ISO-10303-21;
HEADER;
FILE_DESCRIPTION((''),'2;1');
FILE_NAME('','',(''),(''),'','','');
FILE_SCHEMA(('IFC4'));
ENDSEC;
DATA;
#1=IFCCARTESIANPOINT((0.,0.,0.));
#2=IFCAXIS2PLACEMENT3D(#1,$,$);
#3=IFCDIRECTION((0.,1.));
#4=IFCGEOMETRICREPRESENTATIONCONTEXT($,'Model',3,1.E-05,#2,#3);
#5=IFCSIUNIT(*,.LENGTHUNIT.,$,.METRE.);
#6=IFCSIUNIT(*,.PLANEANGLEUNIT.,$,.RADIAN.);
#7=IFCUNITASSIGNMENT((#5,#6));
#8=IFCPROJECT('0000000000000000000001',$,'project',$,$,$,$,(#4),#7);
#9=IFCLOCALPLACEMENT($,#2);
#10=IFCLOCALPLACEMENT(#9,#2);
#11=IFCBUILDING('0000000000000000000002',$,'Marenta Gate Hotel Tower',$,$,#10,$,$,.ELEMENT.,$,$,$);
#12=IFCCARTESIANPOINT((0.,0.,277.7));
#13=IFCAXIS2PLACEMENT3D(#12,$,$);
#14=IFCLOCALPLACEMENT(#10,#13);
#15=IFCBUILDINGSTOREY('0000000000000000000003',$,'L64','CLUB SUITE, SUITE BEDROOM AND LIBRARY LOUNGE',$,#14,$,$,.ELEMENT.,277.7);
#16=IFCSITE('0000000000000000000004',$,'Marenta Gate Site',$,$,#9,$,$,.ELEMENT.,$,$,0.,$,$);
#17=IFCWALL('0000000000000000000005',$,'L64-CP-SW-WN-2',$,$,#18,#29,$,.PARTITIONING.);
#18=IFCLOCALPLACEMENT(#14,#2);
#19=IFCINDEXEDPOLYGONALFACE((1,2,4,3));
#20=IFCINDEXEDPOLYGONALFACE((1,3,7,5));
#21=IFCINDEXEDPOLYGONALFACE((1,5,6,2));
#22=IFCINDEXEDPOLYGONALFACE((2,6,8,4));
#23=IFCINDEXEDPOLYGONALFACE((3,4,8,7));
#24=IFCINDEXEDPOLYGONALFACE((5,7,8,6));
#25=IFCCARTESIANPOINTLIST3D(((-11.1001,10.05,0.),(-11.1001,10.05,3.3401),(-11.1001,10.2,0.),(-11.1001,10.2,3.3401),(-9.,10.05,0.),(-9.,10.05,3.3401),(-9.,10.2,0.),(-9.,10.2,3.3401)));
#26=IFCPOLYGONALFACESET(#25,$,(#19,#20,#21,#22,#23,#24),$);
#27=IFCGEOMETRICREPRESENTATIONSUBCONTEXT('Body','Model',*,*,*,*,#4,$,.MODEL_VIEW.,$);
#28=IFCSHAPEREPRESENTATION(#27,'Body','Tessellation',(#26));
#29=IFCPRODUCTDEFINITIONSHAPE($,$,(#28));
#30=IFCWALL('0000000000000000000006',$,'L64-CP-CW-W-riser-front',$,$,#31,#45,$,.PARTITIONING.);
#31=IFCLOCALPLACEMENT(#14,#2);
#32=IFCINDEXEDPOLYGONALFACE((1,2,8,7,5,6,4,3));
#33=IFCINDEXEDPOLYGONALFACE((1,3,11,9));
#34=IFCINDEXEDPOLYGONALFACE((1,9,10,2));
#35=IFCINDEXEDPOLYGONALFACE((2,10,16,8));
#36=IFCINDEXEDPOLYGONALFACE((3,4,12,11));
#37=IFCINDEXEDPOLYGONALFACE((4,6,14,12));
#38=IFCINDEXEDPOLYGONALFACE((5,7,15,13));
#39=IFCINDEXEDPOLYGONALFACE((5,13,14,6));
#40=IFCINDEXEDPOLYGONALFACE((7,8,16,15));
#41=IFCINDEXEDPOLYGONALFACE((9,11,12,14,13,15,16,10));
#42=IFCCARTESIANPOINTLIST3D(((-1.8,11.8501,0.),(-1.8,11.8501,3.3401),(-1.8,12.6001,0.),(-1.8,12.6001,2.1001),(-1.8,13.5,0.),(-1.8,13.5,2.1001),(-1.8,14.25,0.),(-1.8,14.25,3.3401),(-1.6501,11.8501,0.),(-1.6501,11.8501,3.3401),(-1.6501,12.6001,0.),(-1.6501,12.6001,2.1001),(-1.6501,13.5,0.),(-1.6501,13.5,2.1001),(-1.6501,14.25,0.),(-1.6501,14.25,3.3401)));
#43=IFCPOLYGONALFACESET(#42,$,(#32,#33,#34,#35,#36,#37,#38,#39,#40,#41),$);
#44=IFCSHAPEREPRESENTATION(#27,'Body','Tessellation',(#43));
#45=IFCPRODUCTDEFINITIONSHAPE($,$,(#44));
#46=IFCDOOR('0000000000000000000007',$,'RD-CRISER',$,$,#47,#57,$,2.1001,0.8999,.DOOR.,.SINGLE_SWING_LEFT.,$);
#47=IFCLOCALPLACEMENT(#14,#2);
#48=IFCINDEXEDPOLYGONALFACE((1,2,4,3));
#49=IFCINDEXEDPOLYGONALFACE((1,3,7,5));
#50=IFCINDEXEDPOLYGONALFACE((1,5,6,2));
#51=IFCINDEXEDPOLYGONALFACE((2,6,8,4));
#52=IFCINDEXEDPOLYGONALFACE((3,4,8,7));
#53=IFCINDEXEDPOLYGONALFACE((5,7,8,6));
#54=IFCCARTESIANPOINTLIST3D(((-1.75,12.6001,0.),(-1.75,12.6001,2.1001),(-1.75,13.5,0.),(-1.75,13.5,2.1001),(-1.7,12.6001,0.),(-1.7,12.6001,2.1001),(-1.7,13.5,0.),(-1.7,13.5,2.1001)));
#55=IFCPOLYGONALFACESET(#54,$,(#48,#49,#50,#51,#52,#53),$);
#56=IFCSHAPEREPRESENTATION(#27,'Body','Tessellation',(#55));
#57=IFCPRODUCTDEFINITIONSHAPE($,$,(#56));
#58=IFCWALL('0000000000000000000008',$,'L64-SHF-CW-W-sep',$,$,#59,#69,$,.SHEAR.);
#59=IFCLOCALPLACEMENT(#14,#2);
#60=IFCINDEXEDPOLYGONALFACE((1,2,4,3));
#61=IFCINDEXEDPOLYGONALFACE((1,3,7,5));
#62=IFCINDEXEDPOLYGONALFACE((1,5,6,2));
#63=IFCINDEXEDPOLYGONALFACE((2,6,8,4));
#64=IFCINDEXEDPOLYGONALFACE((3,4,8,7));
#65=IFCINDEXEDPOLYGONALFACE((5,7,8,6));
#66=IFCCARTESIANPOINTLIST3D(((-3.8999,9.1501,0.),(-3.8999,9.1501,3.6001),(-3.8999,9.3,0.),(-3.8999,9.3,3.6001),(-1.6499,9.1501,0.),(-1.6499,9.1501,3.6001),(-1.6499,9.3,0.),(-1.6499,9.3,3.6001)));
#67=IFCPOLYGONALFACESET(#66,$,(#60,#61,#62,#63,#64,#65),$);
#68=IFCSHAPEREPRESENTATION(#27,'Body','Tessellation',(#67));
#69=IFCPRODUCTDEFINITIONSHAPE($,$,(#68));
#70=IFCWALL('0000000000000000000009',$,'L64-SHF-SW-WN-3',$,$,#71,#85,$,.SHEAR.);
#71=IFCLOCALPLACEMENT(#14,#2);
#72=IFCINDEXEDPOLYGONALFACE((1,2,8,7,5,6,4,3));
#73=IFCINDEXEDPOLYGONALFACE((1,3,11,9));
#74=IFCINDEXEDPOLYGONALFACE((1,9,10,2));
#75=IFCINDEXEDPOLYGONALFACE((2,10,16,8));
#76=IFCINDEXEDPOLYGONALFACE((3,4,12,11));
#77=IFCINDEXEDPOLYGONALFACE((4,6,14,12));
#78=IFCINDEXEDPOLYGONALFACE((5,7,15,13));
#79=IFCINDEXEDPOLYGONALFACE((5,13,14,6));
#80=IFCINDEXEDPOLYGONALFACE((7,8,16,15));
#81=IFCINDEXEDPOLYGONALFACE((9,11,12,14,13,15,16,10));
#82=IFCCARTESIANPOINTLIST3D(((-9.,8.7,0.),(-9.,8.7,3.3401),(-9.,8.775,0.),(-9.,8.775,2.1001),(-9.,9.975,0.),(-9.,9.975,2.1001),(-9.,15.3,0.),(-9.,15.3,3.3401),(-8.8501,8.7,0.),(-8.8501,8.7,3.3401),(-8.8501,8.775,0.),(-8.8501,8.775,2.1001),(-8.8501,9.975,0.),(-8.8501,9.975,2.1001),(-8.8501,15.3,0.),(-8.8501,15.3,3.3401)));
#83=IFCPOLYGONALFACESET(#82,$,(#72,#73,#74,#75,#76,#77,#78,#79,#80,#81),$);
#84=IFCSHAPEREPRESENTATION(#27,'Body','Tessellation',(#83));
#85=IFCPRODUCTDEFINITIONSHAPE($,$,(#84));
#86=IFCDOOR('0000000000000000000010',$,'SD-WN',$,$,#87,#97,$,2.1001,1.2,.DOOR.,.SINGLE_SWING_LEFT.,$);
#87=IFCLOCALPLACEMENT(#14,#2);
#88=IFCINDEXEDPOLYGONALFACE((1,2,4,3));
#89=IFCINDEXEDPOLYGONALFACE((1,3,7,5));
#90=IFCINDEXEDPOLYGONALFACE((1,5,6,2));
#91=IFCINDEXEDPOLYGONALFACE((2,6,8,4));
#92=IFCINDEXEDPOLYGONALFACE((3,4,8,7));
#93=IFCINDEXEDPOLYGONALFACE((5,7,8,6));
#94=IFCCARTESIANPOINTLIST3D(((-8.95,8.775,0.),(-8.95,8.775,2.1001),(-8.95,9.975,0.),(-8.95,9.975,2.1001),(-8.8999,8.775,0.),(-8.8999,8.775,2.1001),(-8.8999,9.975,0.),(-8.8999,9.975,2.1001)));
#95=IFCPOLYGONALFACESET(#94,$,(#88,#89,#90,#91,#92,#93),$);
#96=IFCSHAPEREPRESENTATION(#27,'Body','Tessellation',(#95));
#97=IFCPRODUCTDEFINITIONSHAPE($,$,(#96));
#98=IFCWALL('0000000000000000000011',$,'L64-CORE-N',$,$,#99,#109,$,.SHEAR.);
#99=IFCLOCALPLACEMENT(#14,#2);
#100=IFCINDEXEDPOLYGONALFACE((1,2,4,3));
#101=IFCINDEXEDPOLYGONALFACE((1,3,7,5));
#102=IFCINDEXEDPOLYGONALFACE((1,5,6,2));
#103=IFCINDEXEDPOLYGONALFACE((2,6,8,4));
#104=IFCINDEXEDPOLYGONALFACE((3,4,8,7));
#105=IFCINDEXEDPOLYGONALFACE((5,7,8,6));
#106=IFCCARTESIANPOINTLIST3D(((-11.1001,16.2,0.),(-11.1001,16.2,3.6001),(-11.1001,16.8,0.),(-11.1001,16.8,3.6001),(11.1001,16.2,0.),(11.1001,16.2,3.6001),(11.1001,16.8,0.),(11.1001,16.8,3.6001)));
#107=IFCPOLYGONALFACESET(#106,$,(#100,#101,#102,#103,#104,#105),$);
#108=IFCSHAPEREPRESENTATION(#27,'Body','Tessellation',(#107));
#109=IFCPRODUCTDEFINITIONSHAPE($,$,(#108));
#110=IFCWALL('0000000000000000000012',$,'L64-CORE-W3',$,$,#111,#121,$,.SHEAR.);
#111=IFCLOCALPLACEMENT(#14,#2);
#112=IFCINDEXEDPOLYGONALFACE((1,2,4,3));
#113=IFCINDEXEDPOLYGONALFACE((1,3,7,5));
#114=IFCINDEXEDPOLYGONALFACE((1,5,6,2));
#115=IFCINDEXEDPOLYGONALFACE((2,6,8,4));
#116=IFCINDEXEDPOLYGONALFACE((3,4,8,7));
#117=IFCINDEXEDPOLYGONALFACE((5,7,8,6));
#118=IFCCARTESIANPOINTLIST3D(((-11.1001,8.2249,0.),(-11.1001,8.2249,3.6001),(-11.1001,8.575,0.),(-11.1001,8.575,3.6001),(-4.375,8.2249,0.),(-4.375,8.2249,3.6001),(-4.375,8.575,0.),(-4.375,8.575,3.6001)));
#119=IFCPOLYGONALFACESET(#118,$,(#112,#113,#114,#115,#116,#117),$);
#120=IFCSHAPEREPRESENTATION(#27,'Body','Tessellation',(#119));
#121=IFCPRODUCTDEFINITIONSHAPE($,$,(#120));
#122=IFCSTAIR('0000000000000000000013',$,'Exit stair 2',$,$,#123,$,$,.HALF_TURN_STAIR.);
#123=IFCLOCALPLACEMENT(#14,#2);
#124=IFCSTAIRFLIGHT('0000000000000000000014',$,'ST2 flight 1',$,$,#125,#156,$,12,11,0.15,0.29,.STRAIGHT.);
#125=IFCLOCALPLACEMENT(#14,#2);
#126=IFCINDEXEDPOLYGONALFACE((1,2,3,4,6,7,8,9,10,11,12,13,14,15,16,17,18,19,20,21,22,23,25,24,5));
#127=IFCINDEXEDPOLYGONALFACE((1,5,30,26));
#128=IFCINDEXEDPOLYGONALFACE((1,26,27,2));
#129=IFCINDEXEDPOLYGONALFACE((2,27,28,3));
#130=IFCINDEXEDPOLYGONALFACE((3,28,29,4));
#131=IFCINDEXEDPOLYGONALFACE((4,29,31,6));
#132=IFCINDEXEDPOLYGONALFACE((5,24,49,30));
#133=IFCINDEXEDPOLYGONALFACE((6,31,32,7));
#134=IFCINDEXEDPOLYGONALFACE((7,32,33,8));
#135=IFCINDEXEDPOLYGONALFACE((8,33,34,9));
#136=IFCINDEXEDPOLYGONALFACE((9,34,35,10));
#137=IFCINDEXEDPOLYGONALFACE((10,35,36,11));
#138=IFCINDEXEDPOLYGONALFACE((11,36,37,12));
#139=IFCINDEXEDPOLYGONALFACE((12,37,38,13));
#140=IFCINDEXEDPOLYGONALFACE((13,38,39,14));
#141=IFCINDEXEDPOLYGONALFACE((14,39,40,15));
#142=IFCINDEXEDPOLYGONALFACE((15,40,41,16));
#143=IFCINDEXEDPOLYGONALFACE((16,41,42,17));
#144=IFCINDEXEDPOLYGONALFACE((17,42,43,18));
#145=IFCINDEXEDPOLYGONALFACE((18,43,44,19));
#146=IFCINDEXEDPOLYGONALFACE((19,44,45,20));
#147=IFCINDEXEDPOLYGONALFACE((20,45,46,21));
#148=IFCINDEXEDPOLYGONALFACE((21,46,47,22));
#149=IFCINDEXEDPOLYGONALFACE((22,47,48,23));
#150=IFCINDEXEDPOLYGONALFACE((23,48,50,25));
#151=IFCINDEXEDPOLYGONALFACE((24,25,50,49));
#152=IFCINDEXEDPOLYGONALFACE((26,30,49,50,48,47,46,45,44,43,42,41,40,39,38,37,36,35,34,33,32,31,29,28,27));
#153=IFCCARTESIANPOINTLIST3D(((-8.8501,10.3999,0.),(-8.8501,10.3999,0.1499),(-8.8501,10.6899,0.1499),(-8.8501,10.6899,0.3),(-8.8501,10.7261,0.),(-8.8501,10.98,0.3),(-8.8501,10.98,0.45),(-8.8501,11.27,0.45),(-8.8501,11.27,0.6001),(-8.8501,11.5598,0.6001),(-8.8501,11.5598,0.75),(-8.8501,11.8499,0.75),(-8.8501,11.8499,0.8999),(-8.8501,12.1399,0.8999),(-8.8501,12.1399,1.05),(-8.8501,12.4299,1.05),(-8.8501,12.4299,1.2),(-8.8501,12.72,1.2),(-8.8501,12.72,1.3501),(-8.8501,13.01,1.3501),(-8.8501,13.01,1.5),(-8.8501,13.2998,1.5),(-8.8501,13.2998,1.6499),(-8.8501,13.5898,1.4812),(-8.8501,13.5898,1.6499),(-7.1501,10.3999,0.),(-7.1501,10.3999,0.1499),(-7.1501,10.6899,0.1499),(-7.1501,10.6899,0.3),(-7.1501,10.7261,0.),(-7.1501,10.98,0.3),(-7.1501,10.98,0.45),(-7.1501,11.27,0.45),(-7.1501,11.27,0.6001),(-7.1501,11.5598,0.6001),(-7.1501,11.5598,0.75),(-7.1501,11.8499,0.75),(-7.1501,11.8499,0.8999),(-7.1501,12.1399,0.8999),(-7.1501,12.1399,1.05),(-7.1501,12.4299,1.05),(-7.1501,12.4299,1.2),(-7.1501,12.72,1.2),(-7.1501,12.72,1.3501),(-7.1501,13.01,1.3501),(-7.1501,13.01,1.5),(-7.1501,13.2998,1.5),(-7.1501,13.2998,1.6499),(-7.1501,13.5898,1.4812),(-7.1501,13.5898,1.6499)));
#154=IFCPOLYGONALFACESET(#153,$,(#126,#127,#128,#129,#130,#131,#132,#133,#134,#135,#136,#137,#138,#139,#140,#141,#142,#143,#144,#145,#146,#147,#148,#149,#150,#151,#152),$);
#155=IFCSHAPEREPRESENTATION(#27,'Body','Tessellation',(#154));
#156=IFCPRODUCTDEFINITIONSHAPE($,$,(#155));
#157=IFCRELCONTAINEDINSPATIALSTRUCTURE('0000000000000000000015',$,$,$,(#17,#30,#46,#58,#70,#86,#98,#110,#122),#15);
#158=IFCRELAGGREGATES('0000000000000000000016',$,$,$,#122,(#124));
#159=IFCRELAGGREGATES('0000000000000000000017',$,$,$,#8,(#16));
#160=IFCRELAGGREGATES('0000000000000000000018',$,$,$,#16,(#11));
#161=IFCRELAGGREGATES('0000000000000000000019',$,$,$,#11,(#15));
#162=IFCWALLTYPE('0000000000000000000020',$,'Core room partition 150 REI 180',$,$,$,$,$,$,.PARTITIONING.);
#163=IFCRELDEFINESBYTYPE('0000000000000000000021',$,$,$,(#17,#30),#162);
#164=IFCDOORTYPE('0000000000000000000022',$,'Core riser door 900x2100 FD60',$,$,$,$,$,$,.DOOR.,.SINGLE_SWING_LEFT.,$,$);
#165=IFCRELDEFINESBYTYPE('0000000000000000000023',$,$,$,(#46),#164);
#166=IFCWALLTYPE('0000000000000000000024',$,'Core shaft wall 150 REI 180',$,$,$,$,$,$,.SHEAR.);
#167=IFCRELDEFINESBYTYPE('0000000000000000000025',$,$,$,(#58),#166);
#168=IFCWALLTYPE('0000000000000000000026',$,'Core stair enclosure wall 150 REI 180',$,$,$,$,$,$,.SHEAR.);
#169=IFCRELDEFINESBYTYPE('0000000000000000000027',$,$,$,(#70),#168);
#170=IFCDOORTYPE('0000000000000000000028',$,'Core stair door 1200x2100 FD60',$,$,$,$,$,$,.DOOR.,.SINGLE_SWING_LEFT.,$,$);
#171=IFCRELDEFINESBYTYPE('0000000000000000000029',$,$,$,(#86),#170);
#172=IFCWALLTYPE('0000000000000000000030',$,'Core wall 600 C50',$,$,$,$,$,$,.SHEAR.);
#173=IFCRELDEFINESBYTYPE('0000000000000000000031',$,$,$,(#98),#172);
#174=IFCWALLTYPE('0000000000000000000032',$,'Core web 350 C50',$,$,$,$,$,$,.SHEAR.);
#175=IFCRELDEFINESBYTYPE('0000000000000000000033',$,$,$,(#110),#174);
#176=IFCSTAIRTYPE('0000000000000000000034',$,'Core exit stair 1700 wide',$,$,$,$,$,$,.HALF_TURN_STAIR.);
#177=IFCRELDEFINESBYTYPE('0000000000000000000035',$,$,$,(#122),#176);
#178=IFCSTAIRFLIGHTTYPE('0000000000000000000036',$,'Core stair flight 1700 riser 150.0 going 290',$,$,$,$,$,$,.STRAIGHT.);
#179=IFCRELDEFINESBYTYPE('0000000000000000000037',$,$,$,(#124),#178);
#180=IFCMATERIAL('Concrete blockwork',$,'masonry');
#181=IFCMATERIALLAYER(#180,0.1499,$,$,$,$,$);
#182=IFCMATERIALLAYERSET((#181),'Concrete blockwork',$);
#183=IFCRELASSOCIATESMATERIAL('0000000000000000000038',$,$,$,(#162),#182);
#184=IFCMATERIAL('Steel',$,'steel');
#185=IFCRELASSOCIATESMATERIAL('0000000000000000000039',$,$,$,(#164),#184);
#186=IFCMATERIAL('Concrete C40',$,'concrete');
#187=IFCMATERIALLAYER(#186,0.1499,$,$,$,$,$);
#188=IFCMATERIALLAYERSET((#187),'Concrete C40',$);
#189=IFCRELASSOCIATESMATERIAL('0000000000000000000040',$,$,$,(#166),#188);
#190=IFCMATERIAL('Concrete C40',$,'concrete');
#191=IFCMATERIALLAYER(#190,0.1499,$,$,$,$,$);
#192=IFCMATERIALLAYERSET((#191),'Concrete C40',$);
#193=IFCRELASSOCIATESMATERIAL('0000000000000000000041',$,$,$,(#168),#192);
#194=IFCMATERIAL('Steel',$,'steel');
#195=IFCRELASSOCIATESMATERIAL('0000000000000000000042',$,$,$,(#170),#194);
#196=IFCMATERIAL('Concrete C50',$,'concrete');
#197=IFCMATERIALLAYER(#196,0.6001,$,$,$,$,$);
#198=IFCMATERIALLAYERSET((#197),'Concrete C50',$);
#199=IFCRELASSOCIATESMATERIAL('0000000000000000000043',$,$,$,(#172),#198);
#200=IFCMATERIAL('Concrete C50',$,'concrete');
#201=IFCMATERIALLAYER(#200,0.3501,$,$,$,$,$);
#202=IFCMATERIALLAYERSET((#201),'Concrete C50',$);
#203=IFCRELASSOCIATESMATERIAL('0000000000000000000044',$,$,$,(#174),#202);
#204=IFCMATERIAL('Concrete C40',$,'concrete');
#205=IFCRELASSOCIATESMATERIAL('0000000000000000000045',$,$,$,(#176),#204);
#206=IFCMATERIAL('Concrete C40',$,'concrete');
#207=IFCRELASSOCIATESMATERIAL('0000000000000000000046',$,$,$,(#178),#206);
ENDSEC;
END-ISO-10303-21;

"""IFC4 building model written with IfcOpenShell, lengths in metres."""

from ifc_helpers import new_model, si_unit, direction, frame, frame_2d, origin, place, context, subcontext, project, spatial, polyline, rectangle, outline, extrude, material, layer, layer_set, type_object, element, fill, aggregate, save


model = new_model("IFC4")

# Units and contexts
model_context = context("Model", 3, precision=1e-05, world=origin(), true_north=direction((0.0, 1.0)))
body_context = subcontext(model_context, "Body", "Model", "MODEL_VIEW")
ifc_project = project(units=[si_unit("LENGTHUNIT", "METRE"), si_unit("PLANEANGLEUNIT", "RADIAN")], contexts=[model_context])

# Site, building, storey
site_placement = place(None, origin())
site = spatial("IfcSite", under=ifc_project, at=site_placement, Name="Marenta Gate Site", CompositionType="ELEMENT", RefElevation=0.0)
building_placement = place(site_placement, origin())
building = spatial("IfcBuilding", under=site, at=building_placement, Name="Marenta Gate Hotel Tower", CompositionType="ELEMENT")
storey_placement = place(building_placement, frame((0.0, 0.0, 277.7)))
storey = spatial("IfcBuildingStorey", under=building, at=storey_placement, Name="L64", Description="CLUB SUITE, SUITE BEDROOM AND LIBRARY LOUNGE", CompositionType="ELEMENT", Elevation=277.7)

# Wall
ifc_material_1 = material(Name="Concrete blockwork", Category="masonry")
ifc_layer_1 = layer(ifc_material_1, 0.1499)
ifc_layer_set_1 = layer_set([ifc_layer_1], Name="Concrete blockwork")
wall_type_1 = type_object("IfcWallType", Name="Core room partition 150 REI 180", PredefinedType="PARTITIONING", material=ifc_layer_set_1)
wall_1_placement = place(storey_placement, frame((-11.1001, 10.125, 0.0), z_axis=(0.0, 0.0, 1.0), x_axis=(1.0, 0.0, 0.0)))
element("IfcWall", 1, at=wall_1_placement, inside=storey, type_object=wall_type_1, Name="L64-CP-SW-WN-2", PredefinedType="PARTITIONING", context=body_context, shape_type="SweptSolid", body=[
    extrude(rectangle(XDim=2.1001, YDim=0.1499, at=frame_2d((1.05, 0.0))), origin(), (0.0, 0.0, 1.0), 3.3401),
])

# Wall, opening, door
wall_2_placement = place(storey_placement, frame((-1.7251, 11.8501, 0.0), z_axis=(0.0, 0.0, 1.0), x_axis=(0.0, 1.0, 0.0)))
wall_2 = element("IfcWall", 2, at=wall_2_placement, inside=storey, type_object=wall_type_1, Name="L64-CP-CW-W-riser-front", PredefinedType="PARTITIONING", context=body_context, shape_type="SweptSolid", body=[
    extrude(rectangle(XDim=2.3999, YDim=0.1499, at=frame_2d((1.2, 0.0))), origin(), (0.0, 0.0, 1.0), 3.3401),
])
opening_1_placement = place(wall_2_placement, frame((0.75, 0.0, 0.0)))
opening_1 = element("IfcOpeningElement", 3, at=opening_1_placement, cuts=wall_2, PredefinedType="OPENING", context=body_context, shape_type="SweptSolid", body=[
    extrude(rectangle(XDim=0.8999, YDim=2.1001, at=frame_2d((0.45, 1.05))), frame((0.0, 0.075, 0.0), z_axis=(0.0, -1.0, 0.0), x_axis=(1.0, 0.0, 0.0)), (0.0, 0.0, 1.0), 0.1499),
])
ifc_material_2 = material(Name="Steel", Category="steel")
door_type_1 = type_object("IfcDoorType", Name="Core riser door 900x2100 FD60", OperationType="SINGLE_SWING_LEFT", PredefinedType="DOOR", material=ifc_material_2)
door_1_placement = place(opening_1_placement, origin())
door_1 = element("IfcDoor", 4, at=door_1_placement, inside=storey, type_object=door_type_1, Name="RD-CRISER", OperationType="SINGLE_SWING_LEFT", OverallHeight=2.1001, OverallWidth=0.8999, PredefinedType="DOOR", context=body_context, shape_type="SweptSolid", body=[
    extrude(rectangle(XDim=0.8999, YDim=2.1001, at=frame_2d((0.45, 1.05))), frame((0.0, 0.0249, 0.0), z_axis=(0.0, -1.0, 0.0), x_axis=(1.0, 0.0, 0.0)), (0.0, 0.0, 1.0), 0.05),
])
fill(opening_1, door_1)

# Wall
ifc_material_3 = material(Name="Concrete C40", Category="concrete")
ifc_layer_2 = layer(ifc_material_3, 0.1499)
ifc_layer_set_2 = layer_set([ifc_layer_2], Name="Concrete C40")
wall_type_2 = type_object("IfcWallType", Name="Core shaft wall 150 REI 180", PredefinedType="SHEAR", material=ifc_layer_set_2)
wall_3_placement = place(storey_placement, frame((-3.8999, 9.2251, 0.0), z_axis=(0.0, 0.0, 1.0), x_axis=(1.0, 0.0, 0.0)))
element("IfcWall", 5, at=wall_3_placement, inside=storey, type_object=wall_type_2, Name="L64-SHF-CW-W-sep", PredefinedType="SHEAR", context=body_context, shape_type="SweptSolid", body=[
    extrude(rectangle(XDim=2.25, YDim=0.1499, at=frame_2d((1.125, 0.0))), origin(), (0.0, 0.0, 1.0), 3.6001),
])

# Wall, opening, door
ifc_material_4 = material(Name="Concrete C40", Category="concrete")
ifc_layer_3 = layer(ifc_material_4, 0.1499)
ifc_layer_set_3 = layer_set([ifc_layer_3], Name="Concrete C40")
wall_type_3 = type_object("IfcWallType", Name="Core stair enclosure wall 150 REI 180", PredefinedType="SHEAR", material=ifc_layer_set_3)
wall_4_placement = place(storey_placement, frame((-8.925, 8.7, 0.0), z_axis=(0.0, 0.0, 1.0), x_axis=(0.0, 1.0, 0.0)))
wall_4 = element("IfcWall", 6, at=wall_4_placement, inside=storey, type_object=wall_type_3, Name="L64-SHF-SW-WN-3", PredefinedType="SHEAR", context=body_context, shape_type="SweptSolid", body=[
    extrude(rectangle(XDim=6.6001, YDim=0.1499, at=frame_2d((3.3, 0.0))), origin(), (0.0, 0.0, 1.0), 3.3401),
])
opening_2_placement = place(wall_4_placement, frame((0.075, 0.0, 0.0)))
opening_2 = element("IfcOpeningElement", 7, at=opening_2_placement, cuts=wall_4, PredefinedType="OPENING", context=body_context, shape_type="SweptSolid", body=[
    extrude(rectangle(XDim=1.2, YDim=2.1001, at=frame_2d((0.6001, 1.05))), frame((0.0, 0.075, 0.0), z_axis=(0.0, -1.0, 0.0), x_axis=(1.0, 0.0, 0.0)), (0.0, 0.0, 1.0), 0.1499),
])
ifc_material_5 = material(Name="Steel", Category="steel")
door_type_2 = type_object("IfcDoorType", Name="Core stair door 1200x2100 FD60", OperationType="SINGLE_SWING_LEFT", PredefinedType="DOOR", material=ifc_material_5)
door_2_placement = place(opening_2_placement, origin())
door_2 = element("IfcDoor", 8, at=door_2_placement, inside=storey, type_object=door_type_2, Name="SD-WN", OperationType="SINGLE_SWING_LEFT", OverallHeight=2.1001, OverallWidth=1.2, PredefinedType="DOOR", context=body_context, shape_type="SweptSolid", body=[
    extrude(rectangle(XDim=1.2, YDim=2.1001, at=frame_2d((0.6001, 1.05))), frame((0.0, 0.0249, 0.0), z_axis=(0.0, -1.0, 0.0), x_axis=(1.0, 0.0, 0.0)), (0.0, 0.0, 1.0), 0.05),
])
fill(opening_2, door_2)

# Walls
ifc_material_6 = material(Name="Concrete C50", Category="concrete")
ifc_layer_4 = layer(ifc_material_6, 0.6001)
ifc_layer_set_4 = layer_set([ifc_layer_4], Name="Concrete C50")
wall_type_4 = type_object("IfcWallType", Name="Core wall 600 C50", PredefinedType="SHEAR", material=ifc_layer_set_4)
wall_5_placement = place(storey_placement, frame((-11.1001, 16.5, 0.0), z_axis=(0.0, 0.0, 1.0), x_axis=(1.0, 0.0, 0.0)))
element("IfcWall", 9, at=wall_5_placement, inside=storey, type_object=wall_type_4, Name="L64-CORE-N", PredefinedType="SHEAR", context=body_context, shape_type="SweptSolid", body=[
    extrude(rectangle(XDim=22.2002, YDim=0.6001, at=frame_2d((11.1001, 0.0))), origin(), (0.0, 0.0, 1.0), 3.6001),
])
ifc_material_7 = material(Name="Concrete C50", Category="concrete")
ifc_layer_5 = layer(ifc_material_7, 0.3501)
ifc_layer_set_5 = layer_set([ifc_layer_5], Name="Concrete C50")
wall_type_5 = type_object("IfcWallType", Name="Core web 350 C50", PredefinedType="SHEAR", material=ifc_layer_set_5)
wall_6_placement = place(storey_placement, frame((-11.1001, 8.3999, 0.0), z_axis=(0.0, 0.0, 1.0), x_axis=(1.0, 0.0, 0.0)))
element("IfcWall", 10, at=wall_6_placement, inside=storey, type_object=wall_type_5, Name="L64-CORE-W3", PredefinedType="SHEAR", context=body_context, shape_type="SweptSolid", body=[
    extrude(rectangle(XDim=6.7251, YDim=0.3501, at=frame_2d((3.3625, 0.0))), origin(), (0.0, 0.0, 1.0), 3.6001),
])

# Stair, stair flight
ifc_material_8 = material(Name="Concrete C40", Category="concrete")
stair_type = type_object("IfcStairType", Name="Core exit stair 1700 wide", PredefinedType="HALF_TURN_STAIR", material=ifc_material_8)
stair_placement = place(storey_placement, origin())
stair = element("IfcStair", 11, at=stair_placement, inside=storey, type_object=stair_type, Name="Exit stair 2", PredefinedType="HALF_TURN_STAIR")
ifc_material_9 = material(Name="Concrete C40", Category="concrete")
stair_flight_type = type_object("IfcStairFlightType", Name="Core stair flight 1700 riser 150.0 going 290", PredefinedType="STRAIGHT", material=ifc_material_9)
stair_flight_1_placement = place(storey_placement, frame((-8.0, 10.3999, 0.0), z_axis=(0.0, 0.0, 1.0), x_axis=(0.0, 1.0, 0.0)))
stair_flight_1 = element("IfcStairFlight", 12, at=stair_flight_1_placement, type_object=stair_flight_type, Name="ST2 flight 1", NumberOfRisers=12, NumberOfTreads=11, PredefinedType="STRAIGHT", RiserHeight=0.15, TreadLength=0.29, context=body_context, shape_type="SweptSolid", body=[
    extrude(outline(polyline([(0.0, 0.0), (0.0, 0.1499), (0.29, 0.1499), (0.29, 0.3), (0.5801, 0.3), (0.5801, 0.45), (0.8701, 0.45), (0.8701, 0.6001), (1.1599, 0.6001), (1.1599, 0.75), (1.45, 0.75), (1.45, 0.8999), (1.74, 0.8999), (1.74, 1.05), (2.03, 1.05), (2.03, 1.2), (2.3201, 1.2), (2.3201, 1.3501), (2.6101, 1.3501), (2.6101, 1.5), (2.8999, 1.5), (2.8999, 1.6499), (3.1899, 1.6499), (3.1899, 1.8), (3.1899, 1.4812), (0.3262, 0.0), (0.0, 0.0)])), frame((0.0, 0.8501, 0.0), z_axis=(0.0, -1.0, 0.0), x_axis=(1.0, 0.0, 0.0)), (0.0, 0.0, 1.0), 1.7),
])
aggregate(stair, [stair_flight_1])

save(model, "model.ifc")
